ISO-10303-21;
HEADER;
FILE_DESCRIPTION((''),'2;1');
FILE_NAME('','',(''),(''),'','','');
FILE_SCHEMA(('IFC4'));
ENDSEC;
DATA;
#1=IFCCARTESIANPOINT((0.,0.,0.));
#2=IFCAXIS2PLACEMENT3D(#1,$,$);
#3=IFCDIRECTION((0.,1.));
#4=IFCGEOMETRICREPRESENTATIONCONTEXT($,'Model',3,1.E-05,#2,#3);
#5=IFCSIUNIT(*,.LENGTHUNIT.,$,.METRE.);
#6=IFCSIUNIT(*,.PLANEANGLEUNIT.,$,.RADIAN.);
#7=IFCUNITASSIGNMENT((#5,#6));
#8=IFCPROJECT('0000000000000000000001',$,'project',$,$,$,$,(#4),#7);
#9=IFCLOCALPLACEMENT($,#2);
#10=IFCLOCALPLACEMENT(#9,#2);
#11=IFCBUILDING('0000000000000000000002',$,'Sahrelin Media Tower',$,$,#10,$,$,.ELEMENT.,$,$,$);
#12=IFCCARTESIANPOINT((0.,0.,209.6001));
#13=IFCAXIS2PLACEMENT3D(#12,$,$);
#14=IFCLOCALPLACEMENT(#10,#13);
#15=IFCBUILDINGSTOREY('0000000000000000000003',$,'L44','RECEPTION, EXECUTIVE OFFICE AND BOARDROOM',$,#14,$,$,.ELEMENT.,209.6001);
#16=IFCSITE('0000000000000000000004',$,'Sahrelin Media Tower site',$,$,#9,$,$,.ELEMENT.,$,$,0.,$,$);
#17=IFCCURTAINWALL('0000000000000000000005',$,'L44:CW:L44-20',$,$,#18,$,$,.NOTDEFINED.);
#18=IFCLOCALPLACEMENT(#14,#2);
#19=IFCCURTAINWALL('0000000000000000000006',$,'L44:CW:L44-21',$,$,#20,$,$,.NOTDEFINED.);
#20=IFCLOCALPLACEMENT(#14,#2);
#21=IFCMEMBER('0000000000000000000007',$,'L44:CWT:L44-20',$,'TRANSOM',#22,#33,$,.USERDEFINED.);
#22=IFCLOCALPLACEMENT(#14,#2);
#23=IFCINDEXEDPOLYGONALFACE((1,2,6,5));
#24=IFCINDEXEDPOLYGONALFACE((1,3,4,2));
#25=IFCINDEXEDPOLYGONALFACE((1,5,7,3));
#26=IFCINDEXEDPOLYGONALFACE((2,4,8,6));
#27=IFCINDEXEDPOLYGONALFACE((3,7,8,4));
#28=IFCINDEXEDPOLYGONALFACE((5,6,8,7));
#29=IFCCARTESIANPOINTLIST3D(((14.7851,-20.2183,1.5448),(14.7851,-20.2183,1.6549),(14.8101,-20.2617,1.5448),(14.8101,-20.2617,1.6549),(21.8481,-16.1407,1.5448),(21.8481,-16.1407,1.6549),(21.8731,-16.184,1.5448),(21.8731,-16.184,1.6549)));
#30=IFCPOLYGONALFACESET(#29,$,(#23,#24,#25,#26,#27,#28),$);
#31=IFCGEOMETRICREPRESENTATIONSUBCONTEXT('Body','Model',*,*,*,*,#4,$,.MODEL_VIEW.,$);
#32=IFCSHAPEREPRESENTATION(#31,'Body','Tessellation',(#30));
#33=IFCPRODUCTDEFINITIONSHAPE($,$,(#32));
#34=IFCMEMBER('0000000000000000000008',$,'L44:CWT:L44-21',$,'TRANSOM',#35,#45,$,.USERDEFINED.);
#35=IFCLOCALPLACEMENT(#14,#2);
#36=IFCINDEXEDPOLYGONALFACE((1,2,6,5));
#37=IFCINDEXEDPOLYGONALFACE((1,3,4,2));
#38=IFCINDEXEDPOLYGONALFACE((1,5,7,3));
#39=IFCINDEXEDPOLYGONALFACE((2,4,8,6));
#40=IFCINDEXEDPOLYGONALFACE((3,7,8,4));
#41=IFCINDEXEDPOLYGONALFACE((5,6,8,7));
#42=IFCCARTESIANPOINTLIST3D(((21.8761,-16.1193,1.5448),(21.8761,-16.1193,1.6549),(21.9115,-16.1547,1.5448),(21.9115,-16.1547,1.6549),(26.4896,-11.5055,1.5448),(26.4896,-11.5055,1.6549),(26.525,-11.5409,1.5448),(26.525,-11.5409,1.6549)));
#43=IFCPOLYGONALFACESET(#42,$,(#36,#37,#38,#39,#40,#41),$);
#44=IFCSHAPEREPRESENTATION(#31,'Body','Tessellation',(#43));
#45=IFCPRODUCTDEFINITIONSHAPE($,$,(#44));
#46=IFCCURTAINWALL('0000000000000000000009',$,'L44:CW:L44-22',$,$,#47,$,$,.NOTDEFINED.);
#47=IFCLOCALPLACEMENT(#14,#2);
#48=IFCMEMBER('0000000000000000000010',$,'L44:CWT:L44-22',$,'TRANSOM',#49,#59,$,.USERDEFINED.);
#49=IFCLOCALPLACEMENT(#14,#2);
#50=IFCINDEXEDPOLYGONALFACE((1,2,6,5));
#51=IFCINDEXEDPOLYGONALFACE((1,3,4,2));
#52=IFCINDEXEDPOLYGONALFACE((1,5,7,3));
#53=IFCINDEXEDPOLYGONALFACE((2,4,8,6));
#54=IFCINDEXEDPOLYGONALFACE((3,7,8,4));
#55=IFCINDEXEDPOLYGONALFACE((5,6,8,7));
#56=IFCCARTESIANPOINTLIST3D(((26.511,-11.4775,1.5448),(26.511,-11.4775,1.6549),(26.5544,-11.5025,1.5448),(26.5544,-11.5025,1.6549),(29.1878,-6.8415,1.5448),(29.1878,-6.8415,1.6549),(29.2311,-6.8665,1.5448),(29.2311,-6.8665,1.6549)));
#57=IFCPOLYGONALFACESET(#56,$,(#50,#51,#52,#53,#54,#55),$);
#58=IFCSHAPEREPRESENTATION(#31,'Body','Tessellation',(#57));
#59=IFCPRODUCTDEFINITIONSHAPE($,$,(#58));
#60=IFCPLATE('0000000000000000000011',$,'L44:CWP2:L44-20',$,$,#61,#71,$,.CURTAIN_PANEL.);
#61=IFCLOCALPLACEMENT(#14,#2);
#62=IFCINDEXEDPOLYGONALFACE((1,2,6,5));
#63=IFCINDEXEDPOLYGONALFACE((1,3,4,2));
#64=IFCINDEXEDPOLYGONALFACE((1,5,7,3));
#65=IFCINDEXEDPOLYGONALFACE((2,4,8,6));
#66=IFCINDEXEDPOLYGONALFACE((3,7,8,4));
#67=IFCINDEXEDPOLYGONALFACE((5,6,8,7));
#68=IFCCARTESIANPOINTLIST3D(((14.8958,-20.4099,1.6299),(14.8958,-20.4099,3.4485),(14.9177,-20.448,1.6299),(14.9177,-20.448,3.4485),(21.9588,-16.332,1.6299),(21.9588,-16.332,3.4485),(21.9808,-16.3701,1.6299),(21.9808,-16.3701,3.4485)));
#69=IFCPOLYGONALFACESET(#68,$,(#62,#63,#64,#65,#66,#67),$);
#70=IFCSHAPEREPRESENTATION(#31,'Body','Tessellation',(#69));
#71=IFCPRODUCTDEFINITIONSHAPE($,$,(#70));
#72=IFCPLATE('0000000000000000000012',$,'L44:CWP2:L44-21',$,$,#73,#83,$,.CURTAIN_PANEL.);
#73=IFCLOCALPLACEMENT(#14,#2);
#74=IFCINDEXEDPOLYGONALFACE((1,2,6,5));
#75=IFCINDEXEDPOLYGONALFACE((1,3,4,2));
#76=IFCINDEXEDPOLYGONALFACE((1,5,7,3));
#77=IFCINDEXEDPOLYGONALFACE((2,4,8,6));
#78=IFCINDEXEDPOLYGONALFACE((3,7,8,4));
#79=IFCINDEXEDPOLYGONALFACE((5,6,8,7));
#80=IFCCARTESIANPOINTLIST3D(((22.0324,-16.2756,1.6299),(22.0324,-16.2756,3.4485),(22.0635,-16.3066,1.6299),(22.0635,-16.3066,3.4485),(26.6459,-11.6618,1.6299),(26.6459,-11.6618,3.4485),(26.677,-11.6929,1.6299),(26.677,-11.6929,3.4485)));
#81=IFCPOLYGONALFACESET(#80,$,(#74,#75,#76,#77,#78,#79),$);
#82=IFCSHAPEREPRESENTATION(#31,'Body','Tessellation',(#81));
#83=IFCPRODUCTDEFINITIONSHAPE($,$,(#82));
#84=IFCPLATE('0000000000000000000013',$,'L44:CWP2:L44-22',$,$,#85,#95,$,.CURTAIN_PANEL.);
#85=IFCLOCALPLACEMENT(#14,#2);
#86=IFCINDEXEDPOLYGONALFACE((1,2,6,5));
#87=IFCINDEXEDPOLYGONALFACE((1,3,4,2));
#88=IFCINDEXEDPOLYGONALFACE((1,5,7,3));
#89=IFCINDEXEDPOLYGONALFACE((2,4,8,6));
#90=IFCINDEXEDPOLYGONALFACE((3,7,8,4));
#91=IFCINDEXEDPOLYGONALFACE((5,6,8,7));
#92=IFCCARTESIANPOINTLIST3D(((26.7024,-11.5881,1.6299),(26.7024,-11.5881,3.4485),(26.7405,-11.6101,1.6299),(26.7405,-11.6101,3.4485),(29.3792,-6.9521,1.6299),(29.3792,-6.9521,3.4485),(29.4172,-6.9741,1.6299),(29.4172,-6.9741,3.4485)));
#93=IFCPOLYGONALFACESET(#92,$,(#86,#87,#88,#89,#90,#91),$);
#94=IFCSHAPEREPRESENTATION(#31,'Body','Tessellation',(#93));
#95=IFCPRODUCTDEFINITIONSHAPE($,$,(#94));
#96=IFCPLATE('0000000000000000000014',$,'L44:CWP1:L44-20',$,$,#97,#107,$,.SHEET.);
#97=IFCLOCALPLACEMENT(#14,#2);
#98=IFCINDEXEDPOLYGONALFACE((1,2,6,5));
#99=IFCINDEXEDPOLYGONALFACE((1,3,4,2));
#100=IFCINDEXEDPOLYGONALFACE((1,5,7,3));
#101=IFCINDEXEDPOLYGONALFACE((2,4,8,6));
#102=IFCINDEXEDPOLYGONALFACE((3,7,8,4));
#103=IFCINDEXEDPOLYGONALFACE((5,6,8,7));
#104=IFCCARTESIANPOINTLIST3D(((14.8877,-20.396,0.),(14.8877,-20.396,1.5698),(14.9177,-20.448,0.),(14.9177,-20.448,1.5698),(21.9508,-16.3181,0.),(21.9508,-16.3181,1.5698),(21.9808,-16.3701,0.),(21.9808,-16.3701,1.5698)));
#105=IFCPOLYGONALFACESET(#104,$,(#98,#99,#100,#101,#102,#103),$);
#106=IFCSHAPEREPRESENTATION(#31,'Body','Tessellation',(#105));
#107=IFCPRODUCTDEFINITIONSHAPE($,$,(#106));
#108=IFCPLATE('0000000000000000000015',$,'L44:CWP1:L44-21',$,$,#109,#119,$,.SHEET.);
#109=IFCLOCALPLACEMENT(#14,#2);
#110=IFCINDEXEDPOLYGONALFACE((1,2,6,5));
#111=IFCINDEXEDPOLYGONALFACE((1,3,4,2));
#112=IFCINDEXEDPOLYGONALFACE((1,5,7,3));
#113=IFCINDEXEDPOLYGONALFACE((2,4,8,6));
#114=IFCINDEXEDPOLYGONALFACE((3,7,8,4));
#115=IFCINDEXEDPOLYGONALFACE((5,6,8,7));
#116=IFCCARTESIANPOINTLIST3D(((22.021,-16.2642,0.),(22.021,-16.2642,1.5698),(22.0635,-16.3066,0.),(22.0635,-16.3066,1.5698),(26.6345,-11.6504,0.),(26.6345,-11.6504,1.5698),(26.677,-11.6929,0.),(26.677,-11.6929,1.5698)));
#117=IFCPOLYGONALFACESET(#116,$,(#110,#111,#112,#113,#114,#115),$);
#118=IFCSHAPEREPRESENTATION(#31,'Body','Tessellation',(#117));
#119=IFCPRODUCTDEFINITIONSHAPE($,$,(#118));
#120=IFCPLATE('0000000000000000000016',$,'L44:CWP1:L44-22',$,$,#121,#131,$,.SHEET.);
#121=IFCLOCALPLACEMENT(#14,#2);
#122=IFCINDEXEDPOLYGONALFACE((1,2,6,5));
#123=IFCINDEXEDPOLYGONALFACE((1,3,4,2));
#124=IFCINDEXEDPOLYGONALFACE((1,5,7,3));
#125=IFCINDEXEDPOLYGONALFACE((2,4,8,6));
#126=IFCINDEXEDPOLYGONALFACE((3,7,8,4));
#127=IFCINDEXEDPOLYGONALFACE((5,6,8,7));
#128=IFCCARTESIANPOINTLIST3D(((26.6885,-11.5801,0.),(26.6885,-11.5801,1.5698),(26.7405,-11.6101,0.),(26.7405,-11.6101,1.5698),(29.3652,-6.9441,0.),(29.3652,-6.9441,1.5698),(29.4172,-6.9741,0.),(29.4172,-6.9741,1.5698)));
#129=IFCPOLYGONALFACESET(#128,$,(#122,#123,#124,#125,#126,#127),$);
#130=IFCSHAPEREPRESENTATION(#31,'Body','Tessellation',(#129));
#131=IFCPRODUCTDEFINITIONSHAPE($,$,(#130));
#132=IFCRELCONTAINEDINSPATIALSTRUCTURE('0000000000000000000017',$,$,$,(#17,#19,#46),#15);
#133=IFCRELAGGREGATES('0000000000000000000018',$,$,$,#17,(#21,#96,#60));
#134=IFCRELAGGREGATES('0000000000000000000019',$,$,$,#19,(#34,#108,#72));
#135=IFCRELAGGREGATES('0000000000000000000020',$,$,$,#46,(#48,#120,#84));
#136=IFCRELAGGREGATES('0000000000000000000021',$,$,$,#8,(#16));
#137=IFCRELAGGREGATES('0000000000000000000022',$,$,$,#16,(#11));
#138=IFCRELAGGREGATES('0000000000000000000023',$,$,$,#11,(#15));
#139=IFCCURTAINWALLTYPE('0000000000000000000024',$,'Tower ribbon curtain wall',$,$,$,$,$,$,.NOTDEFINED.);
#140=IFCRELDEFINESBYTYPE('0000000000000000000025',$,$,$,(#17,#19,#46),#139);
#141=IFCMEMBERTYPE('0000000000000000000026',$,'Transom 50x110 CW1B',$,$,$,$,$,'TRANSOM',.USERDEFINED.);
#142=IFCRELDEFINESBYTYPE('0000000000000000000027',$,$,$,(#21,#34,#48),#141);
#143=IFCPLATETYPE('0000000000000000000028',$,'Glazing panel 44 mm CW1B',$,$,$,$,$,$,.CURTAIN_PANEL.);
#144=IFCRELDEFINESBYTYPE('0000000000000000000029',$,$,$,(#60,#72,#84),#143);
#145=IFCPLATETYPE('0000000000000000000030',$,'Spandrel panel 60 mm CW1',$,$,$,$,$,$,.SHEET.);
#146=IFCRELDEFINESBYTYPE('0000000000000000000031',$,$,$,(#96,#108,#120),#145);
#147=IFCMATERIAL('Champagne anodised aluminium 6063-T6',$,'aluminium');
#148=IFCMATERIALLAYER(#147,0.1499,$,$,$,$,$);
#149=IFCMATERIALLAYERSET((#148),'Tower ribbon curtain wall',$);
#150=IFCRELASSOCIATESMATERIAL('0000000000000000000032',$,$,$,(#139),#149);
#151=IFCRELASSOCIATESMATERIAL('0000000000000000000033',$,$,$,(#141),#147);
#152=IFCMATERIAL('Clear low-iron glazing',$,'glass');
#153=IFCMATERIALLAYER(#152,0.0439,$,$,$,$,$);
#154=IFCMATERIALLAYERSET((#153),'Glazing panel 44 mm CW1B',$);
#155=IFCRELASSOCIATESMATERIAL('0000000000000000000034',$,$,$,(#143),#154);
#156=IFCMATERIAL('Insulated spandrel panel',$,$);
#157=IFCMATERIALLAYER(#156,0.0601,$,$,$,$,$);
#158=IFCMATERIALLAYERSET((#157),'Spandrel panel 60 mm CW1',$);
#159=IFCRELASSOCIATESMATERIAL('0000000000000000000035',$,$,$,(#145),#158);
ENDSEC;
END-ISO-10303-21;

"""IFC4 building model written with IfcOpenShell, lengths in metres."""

from ifc_helpers import new_model, si_unit, direction, frame, origin, origin_2d, place, context, subcontext, project, spatial, polyline, rectangle, outline, extrude, material, layer, layer_set, material_profile, profile_set, type_object, element, aggregate, save


model = new_model("IFC4")

# Units and contexts
model_context = context("Model", 3, precision=1e-05, world=origin(), true_north=direction((0.0, 1.0)))
body_context = subcontext(model_context, "Body", "Model", "MODEL_VIEW")
ifc_project = project(units=[si_unit("LENGTHUNIT", "METRE"), si_unit("PLANEANGLEUNIT", "RADIAN")], contexts=[model_context])

# Site, building, storey
site_placement = place(None, origin())
site = spatial("IfcSite", under=ifc_project, at=site_placement, Name="Sahrelin Media Tower site", CompositionType="ELEMENT", RefElevation=0.0)
building_placement = place(site_placement, origin())
building = spatial("IfcBuilding", under=site, at=building_placement, Name="Sahrelin Media Tower", CompositionType="ELEMENT")
storey_placement = place(building_placement, frame((0.0, 0.0, 209.6001)))
storey = spatial("IfcBuildingStorey", under=building, at=storey_placement, Name="L44", Description="RECEPTION, EXECUTIVE OFFICE AND BOARDROOM", CompositionType="ELEMENT", Elevation=209.6001)

# Curtain walls
ifc_material_1 = material(Name="Champagne anodised aluminium 6063-T6", Category="aluminium")
ifc_layer_1 = layer(ifc_material_1, 0.1499)
ifc_layer_set_1 = layer_set([ifc_layer_1], Name="Tower ribbon curtain wall")
curtain_wall_type = type_object("IfcCurtainWallType", Name="Tower ribbon curtain wall", PredefinedType="NOTDEFINED", material=ifc_layer_set_1)
curtain_wall_1_placement = place(storey_placement, frame((18.4392, -18.3916, 0.0), z_axis=(0.0, 0.0, 1.0), x_axis=(1.0, 0.0, 0.0)))
curtain_wall_1 = element("IfcCurtainWall", 1, at=curtain_wall_1_placement, inside=storey, type_object=curtain_wall_type, Name="L44:CW:L44-20", PredefinedType="NOTDEFINED")
curtain_wall_2_placement = place(storey_placement, frame((24.3562, -13.9856, 0.0), z_axis=(0.0, 0.0, 1.0), x_axis=(1.0, 0.0, 0.0)))
curtain_wall_2 = element("IfcCurtainWall", 2, at=curtain_wall_2_placement, inside=storey, type_object=curtain_wall_type, Name="L44:CW:L44-21", PredefinedType="NOTDEFINED")

# Members
ifc_material_profile_1 = material_profile(ifc_material_1, rectangle(XDim=0.05, YDim=0.1101, at=origin_2d()), Name="Transom 50x110")
ifc_profile_set_1 = profile_set([ifc_material_profile_1], Name="Champagne anodised aluminium 6063-T6")
member_type_1 = type_object("IfcMemberType", Name="Transom 50x110 CW1B", ElementType="TRANSOM", PredefinedType="USERDEFINED", material=ifc_profile_set_1)
member_1_placement = place(storey_placement, frame((14.7976, -20.24, 1.5999), z_axis=(0.866035, 0.499983, 0.0), x_axis=(-0.499983, 0.866035, 0.0)))
member_1 = element("IfcMember", 3, at=member_1_placement, type_object=member_type_1, Name="L44:CWT:L44-20", ObjectType="TRANSOM", PredefinedType="USERDEFINED", context=body_context, shape_type="SweptSolid", body=[
    extrude(rectangle(XDim=0.05, YDim=0.1101, at=origin_2d()), origin(), (0.0, 0.0, 1.0), 8.1555),
])
member_2_placement = place(storey_placement, frame((21.8938, -16.137, 1.5999), z_axis=(0.707088, 0.707125, 0.0), x_axis=(-0.707125, 0.707088, 0.0)))
member_2 = element("IfcMember", 4, at=member_2_placement, type_object=member_type_1, Name="L44:CWT:L44-21", ObjectType="TRANSOM", PredefinedType="USERDEFINED", context=body_context, shape_type="SweptSolid", body=[
    extrude(rectangle(XDim=0.05, YDim=0.1101, at=origin_2d()), origin(), (0.0, 0.0, 1.0), 6.5247),
])

# Curtain wall, member
curtain_wall_3_placement = place(storey_placement, frame((28.0615, -9.282, 0.0), z_axis=(0.0, 0.0, 1.0), x_axis=(1.0, 0.0, 0.0)))
curtain_wall_3 = element("IfcCurtainWall", 5, at=curtain_wall_3_placement, inside=storey, type_object=curtain_wall_type, Name="L44:CW:L44-22", PredefinedType="NOTDEFINED")
member_3_placement = place(storey_placement, frame((26.5327, -11.49, 1.5999), z_axis=(0.500024, 0.866012, 0.0), x_axis=(-0.866012, 0.500024, 0.0)))
member_3 = element("IfcMember", 6, at=member_3_placement, type_object=member_type_1, Name="L44:CWT:L44-22", ObjectType="TRANSOM", PredefinedType="USERDEFINED", context=body_context, shape_type="SweptSolid", body=[
    extrude(rectangle(XDim=0.05, YDim=0.1101, at=origin_2d()), origin(), (0.0, 0.0, 1.0), 5.3533),
])

# Plates
ifc_material_2 = material(Name="Clear low-iron glazing", Category="glass")
ifc_layer_2 = layer(ifc_material_2, 0.0439)
ifc_layer_set_2 = layer_set([ifc_layer_2], Name="Glazing panel 44 mm CW1B")
plate_type_1 = type_object("IfcPlateType", Name="Glazing panel 44 mm CW1B", PredefinedType="CURTAIN_PANEL", material=ifc_layer_set_2)
plate_1_placement = place(storey_placement, frame((14.9177, -20.448, 1.6299), z_axis=(0.500006, -0.866022, 0.0), x_axis=(0.866022, 0.500006, 0.0)))
plate_1 = element("IfcPlate", 7, at=plate_1_placement, type_object=plate_type_1, Name="L44:CWP2:L44-20", PredefinedType="CURTAIN_PANEL", context=body_context, shape_type="SweptSolid", body=[
    extrude(outline(polyline([(0.0, 0.0), (8.1558, 0.0), (8.1558, 1.8186), (0.0, 1.8186), (0.0, 0.0)])), origin(), (0.0, 0.0, -1.0), 0.0439),
])
plate_2_placement = place(storey_placement, frame((22.0635, -16.3066, 1.6299), z_axis=(0.707125, -0.707088, 0.0), x_axis=(0.707088, 0.707125, 0.0)))
plate_2 = element("IfcPlate", 8, at=plate_2_placement, type_object=plate_type_1, Name="L44:CWP2:L44-21", PredefinedType="CURTAIN_PANEL", context=body_context, shape_type="SweptSolid", body=[
    extrude(outline(polyline([(0.0, 0.0), (6.5247, 0.0), (6.5247, 1.8186), (0.0, 1.8186), (0.0, 0.0)])), origin(), (0.0, 0.0, -1.0), 0.0439),
])
plate_3_placement = place(storey_placement, frame((26.7405, -11.6101, 1.6299), z_axis=(0.866012, -0.500024, 0.0), x_axis=(0.500024, 0.866012, 0.0)))
plate_3 = element("IfcPlate", 9, at=plate_3_placement, type_object=plate_type_1, Name="L44:CWP2:L44-22", PredefinedType="CURTAIN_PANEL", context=body_context, shape_type="SweptSolid", body=[
    extrude(outline(polyline([(0.0, 0.0), (5.3533, 0.0), (5.3533, 1.8186), (0.0, 1.8186), (0.0, 0.0)])), origin(), (0.0, 0.0, -1.0), 0.0439),
])
ifc_material_3 = material(Name="Insulated spandrel panel")
ifc_layer_3 = layer(ifc_material_3, 0.0601)
ifc_layer_set_3 = layer_set([ifc_layer_3], Name="Spandrel panel 60 mm CW1")
plate_type_2 = type_object("IfcPlateType", Name="Spandrel panel 60 mm CW1", PredefinedType="SHEET", material=ifc_layer_set_3)
plate_4_placement = place(storey_placement, frame((14.9177, -20.448, 0.0), z_axis=(0.500006, -0.866022, 0.0), x_axis=(0.866022, 0.500006, 0.0)))
plate_4 = element("IfcPlate", 10, at=plate_4_placement, type_object=plate_type_2, Name="L44:CWP1:L44-20", PredefinedType="SHEET", context=body_context, shape_type="SweptSolid", body=[
    extrude(outline(polyline([(0.0, 0.0), (8.1558, 0.0), (8.1558, 1.5698), (0.0, 1.5698), (0.0, 0.0)])), origin(), (0.0, 0.0, -1.0), 0.0601),
])
aggregate(curtain_wall_1, [member_1, plate_4, plate_1])
plate_5_placement = place(storey_placement, frame((22.0635, -16.3066, 0.0), z_axis=(0.707125, -0.707088, 0.0), x_axis=(0.707088, 0.707125, 0.0)))
plate_5 = element("IfcPlate", 11, at=plate_5_placement, type_object=plate_type_2, Name="L44:CWP1:L44-21", PredefinedType="SHEET", context=body_context, shape_type="SweptSolid", body=[
    extrude(outline(polyline([(0.0, 0.0), (6.5247, 0.0), (6.5247, 1.5698), (0.0, 1.5698), (0.0, 0.0)])), origin(), (0.0, 0.0, -1.0), 0.0601),
])
aggregate(curtain_wall_2, [member_2, plate_5, plate_2])
plate_6_placement = place(storey_placement, frame((26.7405, -11.6101, 0.0), z_axis=(0.866012, -0.500024, 0.0), x_axis=(0.500024, 0.866012, 0.0)))
plate_6 = element("IfcPlate", 12, at=plate_6_placement, type_object=plate_type_2, Name="L44:CWP1:L44-22", PredefinedType="SHEET", context=body_context, shape_type="SweptSolid", body=[
    extrude(outline(polyline([(0.0, 0.0), (5.3533, 0.0), (5.3533, 1.5698), (0.0, 1.5698), (0.0, 0.0)])), origin(), (0.0, 0.0, -1.0), 0.0601),
])
aggregate(curtain_wall_3, [member_3, plate_6, plate_3])

save(model, "model.ifc")
